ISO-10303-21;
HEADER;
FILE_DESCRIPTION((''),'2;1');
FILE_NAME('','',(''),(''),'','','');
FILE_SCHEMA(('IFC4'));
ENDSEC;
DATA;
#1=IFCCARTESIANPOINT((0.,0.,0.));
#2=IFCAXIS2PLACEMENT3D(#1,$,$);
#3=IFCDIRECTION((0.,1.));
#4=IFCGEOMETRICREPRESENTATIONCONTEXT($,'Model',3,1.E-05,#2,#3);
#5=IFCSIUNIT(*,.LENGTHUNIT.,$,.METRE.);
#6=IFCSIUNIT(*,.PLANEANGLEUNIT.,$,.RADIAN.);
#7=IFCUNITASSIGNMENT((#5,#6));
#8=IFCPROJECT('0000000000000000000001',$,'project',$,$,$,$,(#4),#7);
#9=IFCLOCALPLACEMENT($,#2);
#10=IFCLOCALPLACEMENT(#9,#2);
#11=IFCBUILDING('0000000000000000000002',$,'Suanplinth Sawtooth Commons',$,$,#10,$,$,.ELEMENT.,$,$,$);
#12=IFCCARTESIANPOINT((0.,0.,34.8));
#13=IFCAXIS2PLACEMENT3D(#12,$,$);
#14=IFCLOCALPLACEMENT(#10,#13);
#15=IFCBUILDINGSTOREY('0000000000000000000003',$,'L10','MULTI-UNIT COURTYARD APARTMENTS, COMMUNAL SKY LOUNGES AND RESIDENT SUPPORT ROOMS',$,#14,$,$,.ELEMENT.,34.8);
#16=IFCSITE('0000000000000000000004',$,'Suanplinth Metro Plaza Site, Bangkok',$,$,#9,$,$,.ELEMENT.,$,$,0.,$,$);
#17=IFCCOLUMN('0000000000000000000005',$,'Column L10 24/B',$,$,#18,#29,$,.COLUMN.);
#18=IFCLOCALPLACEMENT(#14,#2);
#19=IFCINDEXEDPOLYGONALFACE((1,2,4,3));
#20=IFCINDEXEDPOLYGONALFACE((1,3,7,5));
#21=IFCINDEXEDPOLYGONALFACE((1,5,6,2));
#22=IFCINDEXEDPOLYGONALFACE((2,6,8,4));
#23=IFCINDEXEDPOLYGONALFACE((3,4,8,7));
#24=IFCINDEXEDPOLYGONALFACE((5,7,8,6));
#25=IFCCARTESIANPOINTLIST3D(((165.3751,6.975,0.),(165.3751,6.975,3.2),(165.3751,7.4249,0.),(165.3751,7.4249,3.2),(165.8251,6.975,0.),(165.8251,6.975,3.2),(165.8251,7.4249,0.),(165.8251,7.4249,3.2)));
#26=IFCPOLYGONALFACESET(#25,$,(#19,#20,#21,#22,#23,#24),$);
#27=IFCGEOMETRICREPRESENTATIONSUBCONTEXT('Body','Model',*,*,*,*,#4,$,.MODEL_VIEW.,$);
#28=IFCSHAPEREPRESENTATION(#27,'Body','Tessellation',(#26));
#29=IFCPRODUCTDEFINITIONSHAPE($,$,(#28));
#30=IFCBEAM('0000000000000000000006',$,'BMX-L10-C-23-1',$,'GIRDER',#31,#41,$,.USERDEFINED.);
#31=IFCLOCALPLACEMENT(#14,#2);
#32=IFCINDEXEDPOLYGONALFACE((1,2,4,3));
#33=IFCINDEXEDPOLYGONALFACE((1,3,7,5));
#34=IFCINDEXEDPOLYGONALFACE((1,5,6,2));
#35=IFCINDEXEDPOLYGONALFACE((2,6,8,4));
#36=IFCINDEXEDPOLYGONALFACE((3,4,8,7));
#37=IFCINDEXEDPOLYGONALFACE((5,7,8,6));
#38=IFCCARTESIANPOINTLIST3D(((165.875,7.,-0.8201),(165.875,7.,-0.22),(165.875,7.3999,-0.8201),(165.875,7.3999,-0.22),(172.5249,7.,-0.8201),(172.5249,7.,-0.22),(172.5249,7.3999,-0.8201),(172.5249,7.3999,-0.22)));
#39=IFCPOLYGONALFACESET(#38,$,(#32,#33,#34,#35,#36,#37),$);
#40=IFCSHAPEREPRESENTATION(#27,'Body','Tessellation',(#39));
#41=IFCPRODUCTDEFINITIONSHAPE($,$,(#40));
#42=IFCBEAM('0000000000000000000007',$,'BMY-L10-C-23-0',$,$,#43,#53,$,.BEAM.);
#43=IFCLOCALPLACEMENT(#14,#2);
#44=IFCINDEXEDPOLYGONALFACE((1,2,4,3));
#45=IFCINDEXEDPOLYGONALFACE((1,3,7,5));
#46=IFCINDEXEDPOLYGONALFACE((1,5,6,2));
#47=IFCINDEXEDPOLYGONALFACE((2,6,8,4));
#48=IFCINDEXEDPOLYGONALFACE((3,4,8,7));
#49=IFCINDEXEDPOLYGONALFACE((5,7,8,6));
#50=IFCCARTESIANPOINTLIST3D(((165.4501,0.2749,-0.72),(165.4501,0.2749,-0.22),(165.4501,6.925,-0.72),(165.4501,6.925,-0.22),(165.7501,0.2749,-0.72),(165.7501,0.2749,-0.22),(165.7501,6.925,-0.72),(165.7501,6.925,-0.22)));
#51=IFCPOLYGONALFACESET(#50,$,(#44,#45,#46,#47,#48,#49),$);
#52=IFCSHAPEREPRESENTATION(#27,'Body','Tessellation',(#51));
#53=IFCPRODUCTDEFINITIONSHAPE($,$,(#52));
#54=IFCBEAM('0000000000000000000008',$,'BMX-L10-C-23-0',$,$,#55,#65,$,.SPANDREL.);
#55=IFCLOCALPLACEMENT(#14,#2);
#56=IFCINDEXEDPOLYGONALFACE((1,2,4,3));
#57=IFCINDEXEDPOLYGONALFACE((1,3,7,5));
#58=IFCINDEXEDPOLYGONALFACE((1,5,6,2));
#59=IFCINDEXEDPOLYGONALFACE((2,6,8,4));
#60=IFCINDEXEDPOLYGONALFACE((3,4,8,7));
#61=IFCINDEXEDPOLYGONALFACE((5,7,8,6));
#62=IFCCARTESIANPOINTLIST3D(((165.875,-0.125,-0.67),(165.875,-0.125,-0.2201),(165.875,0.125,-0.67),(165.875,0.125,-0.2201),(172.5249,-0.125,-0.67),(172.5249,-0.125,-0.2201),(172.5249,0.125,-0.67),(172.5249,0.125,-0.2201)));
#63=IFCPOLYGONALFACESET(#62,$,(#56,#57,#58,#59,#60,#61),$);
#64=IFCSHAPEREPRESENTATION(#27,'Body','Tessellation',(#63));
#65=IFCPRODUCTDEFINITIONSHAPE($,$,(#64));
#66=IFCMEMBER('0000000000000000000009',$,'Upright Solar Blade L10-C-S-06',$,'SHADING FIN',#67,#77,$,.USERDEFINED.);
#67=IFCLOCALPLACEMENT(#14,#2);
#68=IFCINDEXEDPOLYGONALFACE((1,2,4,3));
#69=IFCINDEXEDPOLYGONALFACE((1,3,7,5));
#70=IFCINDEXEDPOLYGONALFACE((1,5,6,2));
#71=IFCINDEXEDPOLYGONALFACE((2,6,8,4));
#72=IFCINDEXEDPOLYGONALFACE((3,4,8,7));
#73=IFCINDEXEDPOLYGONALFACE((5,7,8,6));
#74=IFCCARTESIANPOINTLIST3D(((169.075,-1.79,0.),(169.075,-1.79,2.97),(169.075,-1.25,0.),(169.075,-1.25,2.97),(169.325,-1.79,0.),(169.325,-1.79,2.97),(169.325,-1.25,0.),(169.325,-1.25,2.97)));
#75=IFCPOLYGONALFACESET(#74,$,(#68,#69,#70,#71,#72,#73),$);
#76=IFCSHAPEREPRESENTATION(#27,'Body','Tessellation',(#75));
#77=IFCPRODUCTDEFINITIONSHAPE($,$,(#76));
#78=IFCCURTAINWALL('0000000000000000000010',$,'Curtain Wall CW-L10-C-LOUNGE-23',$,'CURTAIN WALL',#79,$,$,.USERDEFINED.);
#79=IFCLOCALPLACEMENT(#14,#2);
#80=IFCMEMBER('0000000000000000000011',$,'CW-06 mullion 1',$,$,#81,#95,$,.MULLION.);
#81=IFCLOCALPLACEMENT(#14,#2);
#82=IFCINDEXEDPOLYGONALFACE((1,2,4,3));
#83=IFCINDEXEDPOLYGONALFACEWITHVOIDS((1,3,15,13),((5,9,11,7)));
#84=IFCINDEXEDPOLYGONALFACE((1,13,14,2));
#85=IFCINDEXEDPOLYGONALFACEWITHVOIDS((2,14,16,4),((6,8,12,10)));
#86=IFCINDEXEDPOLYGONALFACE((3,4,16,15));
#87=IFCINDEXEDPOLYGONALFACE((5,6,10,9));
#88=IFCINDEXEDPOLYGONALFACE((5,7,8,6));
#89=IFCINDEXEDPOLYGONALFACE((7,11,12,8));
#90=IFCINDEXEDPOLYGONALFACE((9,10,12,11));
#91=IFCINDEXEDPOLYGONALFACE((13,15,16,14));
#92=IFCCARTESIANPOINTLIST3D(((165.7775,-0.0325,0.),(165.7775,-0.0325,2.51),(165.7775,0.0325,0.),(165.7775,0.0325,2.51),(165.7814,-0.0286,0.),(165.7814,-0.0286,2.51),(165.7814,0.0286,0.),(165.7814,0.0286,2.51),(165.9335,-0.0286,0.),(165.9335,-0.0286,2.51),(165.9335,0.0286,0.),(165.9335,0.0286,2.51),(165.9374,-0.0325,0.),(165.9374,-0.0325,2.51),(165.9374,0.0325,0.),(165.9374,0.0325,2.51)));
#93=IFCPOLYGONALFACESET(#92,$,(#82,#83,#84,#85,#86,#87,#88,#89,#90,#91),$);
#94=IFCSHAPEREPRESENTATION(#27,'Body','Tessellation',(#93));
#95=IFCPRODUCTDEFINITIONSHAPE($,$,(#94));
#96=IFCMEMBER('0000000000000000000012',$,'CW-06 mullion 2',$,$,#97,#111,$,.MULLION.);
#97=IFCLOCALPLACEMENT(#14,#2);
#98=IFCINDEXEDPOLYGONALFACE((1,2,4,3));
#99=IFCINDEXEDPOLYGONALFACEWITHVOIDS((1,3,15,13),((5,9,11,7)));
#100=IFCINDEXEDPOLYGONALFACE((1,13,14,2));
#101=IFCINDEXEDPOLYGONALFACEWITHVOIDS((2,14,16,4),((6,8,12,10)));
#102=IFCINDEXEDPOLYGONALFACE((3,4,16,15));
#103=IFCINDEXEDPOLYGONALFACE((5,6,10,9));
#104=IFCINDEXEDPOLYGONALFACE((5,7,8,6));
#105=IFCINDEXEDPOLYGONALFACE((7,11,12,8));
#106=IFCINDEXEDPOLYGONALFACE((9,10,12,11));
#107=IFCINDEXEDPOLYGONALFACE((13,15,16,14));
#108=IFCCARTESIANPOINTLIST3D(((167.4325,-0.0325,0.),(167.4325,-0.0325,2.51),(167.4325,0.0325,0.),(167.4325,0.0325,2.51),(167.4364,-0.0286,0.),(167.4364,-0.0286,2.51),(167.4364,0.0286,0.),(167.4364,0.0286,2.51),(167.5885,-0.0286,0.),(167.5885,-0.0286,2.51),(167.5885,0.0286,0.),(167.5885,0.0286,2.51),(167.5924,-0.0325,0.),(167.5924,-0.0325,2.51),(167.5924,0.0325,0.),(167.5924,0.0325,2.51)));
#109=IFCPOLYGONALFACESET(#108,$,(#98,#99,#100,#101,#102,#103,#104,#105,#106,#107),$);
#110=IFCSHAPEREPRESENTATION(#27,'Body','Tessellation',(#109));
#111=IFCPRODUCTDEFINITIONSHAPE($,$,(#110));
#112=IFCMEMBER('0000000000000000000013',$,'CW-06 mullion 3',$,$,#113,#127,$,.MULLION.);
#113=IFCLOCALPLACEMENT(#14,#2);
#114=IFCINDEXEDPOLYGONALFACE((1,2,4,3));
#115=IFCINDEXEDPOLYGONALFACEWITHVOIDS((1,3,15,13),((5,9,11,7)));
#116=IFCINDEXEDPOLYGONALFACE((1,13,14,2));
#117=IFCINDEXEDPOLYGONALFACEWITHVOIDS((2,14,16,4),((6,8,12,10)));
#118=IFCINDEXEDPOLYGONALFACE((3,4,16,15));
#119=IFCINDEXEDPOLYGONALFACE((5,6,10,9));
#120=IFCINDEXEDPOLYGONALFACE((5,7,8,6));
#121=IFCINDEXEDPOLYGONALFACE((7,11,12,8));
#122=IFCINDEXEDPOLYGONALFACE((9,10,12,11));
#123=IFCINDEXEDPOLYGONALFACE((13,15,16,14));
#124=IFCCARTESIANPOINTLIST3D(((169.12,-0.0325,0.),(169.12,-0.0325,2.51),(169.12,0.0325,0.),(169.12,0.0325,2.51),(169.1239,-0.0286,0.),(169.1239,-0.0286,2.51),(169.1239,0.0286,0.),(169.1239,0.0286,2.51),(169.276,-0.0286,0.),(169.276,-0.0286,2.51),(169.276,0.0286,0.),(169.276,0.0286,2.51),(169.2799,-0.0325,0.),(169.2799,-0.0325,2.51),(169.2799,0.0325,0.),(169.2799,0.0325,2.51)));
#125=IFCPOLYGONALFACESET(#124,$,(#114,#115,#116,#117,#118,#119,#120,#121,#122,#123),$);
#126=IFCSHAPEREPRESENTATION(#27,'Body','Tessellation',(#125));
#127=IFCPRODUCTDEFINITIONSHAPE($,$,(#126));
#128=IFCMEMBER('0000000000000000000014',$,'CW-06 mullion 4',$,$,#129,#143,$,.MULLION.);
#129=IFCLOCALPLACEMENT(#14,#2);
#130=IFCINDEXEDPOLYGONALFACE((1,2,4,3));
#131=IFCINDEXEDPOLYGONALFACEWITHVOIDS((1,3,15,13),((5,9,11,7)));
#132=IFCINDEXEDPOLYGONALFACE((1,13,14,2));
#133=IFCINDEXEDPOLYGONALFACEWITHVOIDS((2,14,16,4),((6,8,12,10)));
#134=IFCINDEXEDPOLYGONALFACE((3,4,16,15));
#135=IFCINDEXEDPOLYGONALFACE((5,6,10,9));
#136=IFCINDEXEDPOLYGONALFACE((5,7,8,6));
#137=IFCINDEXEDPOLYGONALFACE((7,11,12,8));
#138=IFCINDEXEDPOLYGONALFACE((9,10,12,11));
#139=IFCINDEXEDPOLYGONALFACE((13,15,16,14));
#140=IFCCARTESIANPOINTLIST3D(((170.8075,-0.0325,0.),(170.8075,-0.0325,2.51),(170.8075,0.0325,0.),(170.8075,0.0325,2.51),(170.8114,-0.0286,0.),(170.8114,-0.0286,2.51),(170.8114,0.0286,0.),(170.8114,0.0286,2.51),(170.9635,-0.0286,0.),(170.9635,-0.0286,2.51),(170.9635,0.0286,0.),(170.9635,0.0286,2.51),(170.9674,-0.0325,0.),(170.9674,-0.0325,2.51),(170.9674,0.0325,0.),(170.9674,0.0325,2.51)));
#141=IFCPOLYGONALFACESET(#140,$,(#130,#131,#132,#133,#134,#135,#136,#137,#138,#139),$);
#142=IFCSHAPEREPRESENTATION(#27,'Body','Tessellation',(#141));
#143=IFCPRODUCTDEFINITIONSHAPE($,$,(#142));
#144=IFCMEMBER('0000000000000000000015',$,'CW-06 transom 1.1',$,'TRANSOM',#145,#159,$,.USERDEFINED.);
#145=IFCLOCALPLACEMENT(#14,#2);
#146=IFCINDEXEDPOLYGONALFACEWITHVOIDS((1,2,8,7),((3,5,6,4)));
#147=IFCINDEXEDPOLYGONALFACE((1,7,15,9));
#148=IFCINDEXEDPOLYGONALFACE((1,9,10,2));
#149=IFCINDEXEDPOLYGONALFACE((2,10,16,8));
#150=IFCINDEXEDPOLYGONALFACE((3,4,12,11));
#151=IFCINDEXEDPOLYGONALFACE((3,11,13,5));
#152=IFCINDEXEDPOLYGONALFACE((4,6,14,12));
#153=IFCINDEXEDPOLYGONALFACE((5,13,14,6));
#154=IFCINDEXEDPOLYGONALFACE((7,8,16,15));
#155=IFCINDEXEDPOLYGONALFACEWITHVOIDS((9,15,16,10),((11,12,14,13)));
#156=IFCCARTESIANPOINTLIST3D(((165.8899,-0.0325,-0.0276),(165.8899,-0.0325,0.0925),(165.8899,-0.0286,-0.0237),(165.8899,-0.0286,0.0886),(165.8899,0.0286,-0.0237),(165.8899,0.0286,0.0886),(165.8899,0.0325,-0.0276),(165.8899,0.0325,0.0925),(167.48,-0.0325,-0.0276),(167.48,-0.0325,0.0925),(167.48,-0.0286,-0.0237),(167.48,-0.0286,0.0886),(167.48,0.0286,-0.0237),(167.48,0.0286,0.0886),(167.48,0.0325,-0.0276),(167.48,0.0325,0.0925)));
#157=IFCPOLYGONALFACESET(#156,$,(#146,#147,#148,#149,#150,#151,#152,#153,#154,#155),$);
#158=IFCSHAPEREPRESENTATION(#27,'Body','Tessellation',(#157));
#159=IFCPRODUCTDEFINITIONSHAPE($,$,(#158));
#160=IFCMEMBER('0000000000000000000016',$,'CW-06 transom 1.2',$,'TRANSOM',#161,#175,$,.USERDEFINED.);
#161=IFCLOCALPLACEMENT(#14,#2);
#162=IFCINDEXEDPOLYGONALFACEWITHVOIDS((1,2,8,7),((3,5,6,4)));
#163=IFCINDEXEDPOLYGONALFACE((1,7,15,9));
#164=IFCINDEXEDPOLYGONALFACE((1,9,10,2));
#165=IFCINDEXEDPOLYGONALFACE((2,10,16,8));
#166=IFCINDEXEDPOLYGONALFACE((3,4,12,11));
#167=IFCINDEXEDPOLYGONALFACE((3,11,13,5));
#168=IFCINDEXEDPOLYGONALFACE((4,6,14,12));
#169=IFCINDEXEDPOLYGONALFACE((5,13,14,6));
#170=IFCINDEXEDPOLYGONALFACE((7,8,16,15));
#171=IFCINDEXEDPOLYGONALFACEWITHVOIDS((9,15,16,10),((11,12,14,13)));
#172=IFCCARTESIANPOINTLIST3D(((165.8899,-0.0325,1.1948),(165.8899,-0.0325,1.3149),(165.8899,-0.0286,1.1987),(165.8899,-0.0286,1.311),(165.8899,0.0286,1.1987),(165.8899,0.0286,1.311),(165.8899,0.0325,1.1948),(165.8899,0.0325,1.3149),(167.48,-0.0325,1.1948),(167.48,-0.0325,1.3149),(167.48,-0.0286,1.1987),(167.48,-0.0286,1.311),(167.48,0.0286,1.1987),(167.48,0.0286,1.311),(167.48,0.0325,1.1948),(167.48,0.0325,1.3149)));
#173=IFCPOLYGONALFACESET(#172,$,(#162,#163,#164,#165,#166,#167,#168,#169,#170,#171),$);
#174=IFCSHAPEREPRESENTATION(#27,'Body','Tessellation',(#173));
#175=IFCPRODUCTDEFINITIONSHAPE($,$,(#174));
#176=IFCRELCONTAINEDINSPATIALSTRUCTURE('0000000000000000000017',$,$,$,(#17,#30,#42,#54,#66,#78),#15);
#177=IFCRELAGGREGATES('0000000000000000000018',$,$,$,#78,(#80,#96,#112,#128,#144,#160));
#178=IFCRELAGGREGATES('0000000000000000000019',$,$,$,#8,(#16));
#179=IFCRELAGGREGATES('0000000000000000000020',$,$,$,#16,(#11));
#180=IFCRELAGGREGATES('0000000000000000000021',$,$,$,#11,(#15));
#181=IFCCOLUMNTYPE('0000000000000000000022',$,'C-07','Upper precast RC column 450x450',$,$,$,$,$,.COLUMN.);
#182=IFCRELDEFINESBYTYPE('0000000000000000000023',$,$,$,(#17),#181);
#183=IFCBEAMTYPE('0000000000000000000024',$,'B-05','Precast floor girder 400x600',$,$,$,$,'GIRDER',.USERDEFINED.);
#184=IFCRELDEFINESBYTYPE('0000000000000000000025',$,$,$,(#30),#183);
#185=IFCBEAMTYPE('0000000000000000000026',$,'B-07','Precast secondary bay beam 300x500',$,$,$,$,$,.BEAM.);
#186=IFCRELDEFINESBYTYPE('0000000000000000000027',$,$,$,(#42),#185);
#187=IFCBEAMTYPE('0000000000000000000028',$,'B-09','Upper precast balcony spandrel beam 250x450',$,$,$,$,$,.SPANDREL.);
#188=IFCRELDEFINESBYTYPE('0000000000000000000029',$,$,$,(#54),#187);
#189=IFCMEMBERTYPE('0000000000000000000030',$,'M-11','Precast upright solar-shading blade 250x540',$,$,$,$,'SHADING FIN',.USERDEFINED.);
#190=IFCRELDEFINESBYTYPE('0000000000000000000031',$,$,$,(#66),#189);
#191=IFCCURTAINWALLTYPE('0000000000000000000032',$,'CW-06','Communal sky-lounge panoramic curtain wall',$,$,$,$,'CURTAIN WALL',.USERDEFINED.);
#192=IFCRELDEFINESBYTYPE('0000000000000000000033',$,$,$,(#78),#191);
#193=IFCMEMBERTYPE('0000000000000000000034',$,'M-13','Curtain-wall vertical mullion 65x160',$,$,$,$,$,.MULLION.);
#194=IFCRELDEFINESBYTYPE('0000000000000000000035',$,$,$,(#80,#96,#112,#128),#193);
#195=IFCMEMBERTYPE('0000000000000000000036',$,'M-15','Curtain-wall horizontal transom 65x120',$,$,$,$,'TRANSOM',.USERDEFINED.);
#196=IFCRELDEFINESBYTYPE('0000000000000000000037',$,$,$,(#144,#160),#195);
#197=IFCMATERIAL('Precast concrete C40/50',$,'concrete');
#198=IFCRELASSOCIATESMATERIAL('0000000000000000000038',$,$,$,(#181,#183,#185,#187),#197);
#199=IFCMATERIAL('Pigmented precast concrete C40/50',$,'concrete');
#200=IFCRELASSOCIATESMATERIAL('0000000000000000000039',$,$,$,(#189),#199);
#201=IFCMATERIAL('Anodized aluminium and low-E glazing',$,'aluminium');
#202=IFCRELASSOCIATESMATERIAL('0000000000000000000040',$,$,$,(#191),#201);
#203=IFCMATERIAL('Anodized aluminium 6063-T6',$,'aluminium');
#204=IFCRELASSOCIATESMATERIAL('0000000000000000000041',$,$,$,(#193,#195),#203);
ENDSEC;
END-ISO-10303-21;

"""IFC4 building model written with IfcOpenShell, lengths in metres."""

from ifc_helpers import new_model, si_unit, direction, frame, origin, origin_2d, place, context, subcontext, project, spatial, rectangle, hollow_rectangle, extrude, material, material_profile, profile_set, type_object, element, aggregate, save


model = new_model("IFC4")

# Units and contexts
model_context = context("Model", 3, precision=1e-05, world=origin(), true_north=direction((0.0, 1.0)))
body_context = subcontext(model_context, "Body", "Model", "MODEL_VIEW")
ifc_project = project(units=[si_unit("LENGTHUNIT", "METRE"), si_unit("PLANEANGLEUNIT", "RADIAN")], contexts=[model_context])

# Site, building, storey
site_placement = place(None, origin())
site = spatial("IfcSite", under=ifc_project, at=site_placement, Name="Suanplinth Metro Plaza Site, Bangkok", CompositionType="ELEMENT", RefElevation=0.0)
building_placement = place(site_placement, origin())
building = spatial("IfcBuilding", under=site, at=building_placement, Name="Suanplinth Sawtooth Commons", CompositionType="ELEMENT")
storey_placement = place(building_placement, frame((0.0, 0.0, 34.8)))
storey = spatial("IfcBuildingStorey", under=building, at=storey_placement, Name="L10", Description="MULTI-UNIT COURTYARD APARTMENTS, COMMUNAL SKY LOUNGES AND RESIDENT SUPPORT ROOMS", CompositionType="ELEMENT", Elevation=34.8)

# Column
ifc_material_1 = material(Name="Precast concrete C40/50", Category="concrete")
ifc_material_profile_1 = material_profile(ifc_material_1, rectangle(XDim=0.45, YDim=0.45, at=origin_2d()), Name="PC-COL 450x450")
ifc_profile_set_1 = profile_set([ifc_material_profile_1], Name="Precast concrete C40/50")
column_type = type_object("IfcColumnType", Name="C-07", Description="Upper precast RC column 450x450", PredefinedType="COLUMN", material=ifc_profile_set_1)
column_placement = place(storey_placement, frame((165.6001, 7.2, 0.0), z_axis=(0.0, 0.0, 1.0), x_axis=(1.0, 0.0, 0.0)))
element("IfcColumn", 1, at=column_placement, inside=storey, type_object=column_type, Name="Column L10 24/B", PredefinedType="COLUMN", context=body_context, shape_type="SweptSolid", body=[
    extrude(rectangle(XDim=0.45, YDim=0.45, at=origin_2d()), origin(), (0.0, 0.0, 1.0), 3.2),
])

# Beams
ifc_material_profile_2 = material_profile(ifc_material_1, rectangle(XDim=0.3999, YDim=0.6001, at=origin_2d()), Name="PC-GDR 400x600")
ifc_profile_set_2 = profile_set([ifc_material_profile_2], Name="Precast concrete C40/50")
beam_type_1 = type_object("IfcBeamType", Name="B-05", Description="Precast floor girder 400x600", ElementType="GIRDER", PredefinedType="USERDEFINED", material=ifc_profile_set_2)
beam_1_placement = place(storey_placement, frame((165.875, 7.2, -0.52), z_axis=(1.0, 0.0, 0.0), x_axis=(0.0, 1.0, 0.0)))
element("IfcBeam", 2, at=beam_1_placement, inside=storey, type_object=beam_type_1, Name="BMX-L10-C-23-1", ObjectType="GIRDER", PredefinedType="USERDEFINED", context=body_context, shape_type="SweptSolid", body=[
    extrude(rectangle(XDim=0.3999, YDim=0.6001, at=origin_2d()), origin(), (0.0, 0.0, 1.0), 6.6499),
])
ifc_material_profile_3 = material_profile(ifc_material_1, rectangle(XDim=0.3, YDim=0.5, at=origin_2d()), Name="PC-BM 300x500")
ifc_profile_set_3 = profile_set([ifc_material_profile_3], Name="Precast concrete C40/50")
beam_type_2 = type_object("IfcBeamType", Name="B-07", Description="Precast secondary bay beam 300x500", PredefinedType="BEAM", material=ifc_profile_set_3)
beam_2_placement = place(storey_placement, frame((165.6001, 0.2749, -0.47), z_axis=(0.0, 1.0, 0.0), x_axis=(-1.0, 0.0, 0.0)))
element("IfcBeam", 3, at=beam_2_placement, inside=storey, type_object=beam_type_2, Name="BMY-L10-C-23-0", PredefinedType="BEAM", context=body_context, shape_type="SweptSolid", body=[
    extrude(rectangle(XDim=0.3, YDim=0.5, at=origin_2d()), origin(), (0.0, 0.0, 1.0), 6.6501),
])
ifc_material_profile_4 = material_profile(ifc_material_1, rectangle(XDim=0.25, YDim=0.45, at=origin_2d()), Name="PC-SP 250x450")
ifc_profile_set_4 = profile_set([ifc_material_profile_4], Name="Precast concrete C40/50")
beam_type_3 = type_object("IfcBeamType", Name="B-09", Description="Upper precast balcony spandrel beam 250x450", PredefinedType="SPANDREL", material=ifc_profile_set_4)
beam_3_placement = place(storey_placement, frame((165.875, 0.0, -0.4451), z_axis=(1.0, 0.0, 0.0), x_axis=(0.0, 1.0, 0.0)))
element("IfcBeam", 4, at=beam_3_placement, inside=storey, type_object=beam_type_3, Name="BMX-L10-C-23-0", PredefinedType="SPANDREL", context=body_context, shape_type="SweptSolid", body=[
    extrude(rectangle(XDim=0.25, YDim=0.45, at=origin_2d()), origin(), (0.0, 0.0, 1.0), 6.6499),
])

# Member
ifc_material_2 = material(Name="Pigmented precast concrete C40/50", Category="concrete")
ifc_material_profile_5 = material_profile(ifc_material_2, rectangle(XDim=0.25, YDim=0.54, at=origin_2d()), Name="PC-FIN 250x540")
ifc_profile_set_5 = profile_set([ifc_material_profile_5], Name="Pigmented precast concrete C40/50")
member_type_1 = type_object("IfcMemberType", Name="M-11", Description="Precast upright solar-shading blade 250x540", ElementType="SHADING FIN", PredefinedType="USERDEFINED", material=ifc_profile_set_5)
member_1_placement = place(storey_placement, frame((169.2, -1.52, 0.0), z_axis=(0.0, 0.0, 1.0), x_axis=(1.0, 0.0, 0.0)))
element("IfcMember", 5, at=member_1_placement, inside=storey, type_object=member_type_1, Name="Upright Solar Blade L10-C-S-06", ObjectType="SHADING FIN", PredefinedType="USERDEFINED", context=body_context, shape_type="SweptSolid", body=[
    extrude(rectangle(XDim=0.25, YDim=0.54, at=origin_2d()), origin(), (0.0, 0.0, 1.0), 2.97),
])

# Curtain wall, members
ifc_material_3 = material(Name="Anodized aluminium and low-E glazing", Category="aluminium")
curtain_wall_type = type_object("IfcCurtainWallType", Name="CW-06", Description="Communal sky-lounge panoramic curtain wall", ElementType="CURTAIN WALL", PredefinedType="USERDEFINED", material=ifc_material_3)
curtain_wall_placement = place(storey_placement, origin())
curtain_wall = element("IfcCurtainWall", 6, at=curtain_wall_placement, inside=storey, type_object=curtain_wall_type, Name="Curtain Wall CW-L10-C-LOUNGE-23", ObjectType="CURTAIN WALL", PredefinedType="USERDEFINED")
ifc_material_4 = material(Name="Anodized aluminium 6063-T6", Category="aluminium")
ifc_material_profile_6 = material_profile(ifc_material_4, hollow_rectangle(XDim=0.0649, YDim=0.1599, WallThickness=0.0039, at=origin_2d()), Name="ALU-MUL 65x160")
ifc_profile_set_6 = profile_set([ifc_material_profile_6], Name="Anodized aluminium 6063-T6")
member_type_2 = type_object("IfcMemberType", Name="M-13", Description="Curtain-wall vertical mullion 65x160", PredefinedType="MULLION", material=ifc_profile_set_6)
member_2_placement = place(storey_placement, frame((165.8574, 0.0, 0.0), z_axis=(0.0, 0.0, 1.0), x_axis=(0.0, 1.0, 0.0)))
member_2 = element("IfcMember", 7, at=member_2_placement, type_object=member_type_2, Name="CW-06 mullion 1", PredefinedType="MULLION", context=body_context, shape_type="SweptSolid", body=[
    extrude(hollow_rectangle(XDim=0.0649, YDim=0.1599, WallThickness=0.0039, at=origin_2d()), origin(), (0.0, 0.0, 1.0), 2.51),
])
member_3_placement = place(storey_placement, frame((167.5125, 0.0, 0.0), z_axis=(0.0, 0.0, 1.0), x_axis=(0.0, 1.0, 0.0)))
member_3 = element("IfcMember", 8, at=member_3_placement, type_object=member_type_2, Name="CW-06 mullion 2", PredefinedType="MULLION", context=body_context, shape_type="SweptSolid", body=[
    extrude(hollow_rectangle(XDim=0.0649, YDim=0.1599, WallThickness=0.0039, at=origin_2d()), origin(), (0.0, 0.0, 1.0), 2.51),
])
member_4_placement = place(storey_placement, frame((169.2, 0.0, 0.0), z_axis=(0.0, 0.0, 1.0), x_axis=(0.0, 1.0, 0.0)))
member_4 = element("IfcMember", 9, at=member_4_placement, type_object=member_type_2, Name="CW-06 mullion 3", PredefinedType="MULLION", context=body_context, shape_type="SweptSolid", body=[
    extrude(hollow_rectangle(XDim=0.0649, YDim=0.1599, WallThickness=0.0039, at=origin_2d()), origin(), (0.0, 0.0, 1.0), 2.51),
])
member_5_placement = place(storey_placement, frame((170.8875, 0.0, 0.0), z_axis=(0.0, 0.0, 1.0), x_axis=(0.0, 1.0, 0.0)))
member_5 = element("IfcMember", 10, at=member_5_placement, type_object=member_type_2, Name="CW-06 mullion 4", PredefinedType="MULLION", context=body_context, shape_type="SweptSolid", body=[
    extrude(hollow_rectangle(XDim=0.0649, YDim=0.1599, WallThickness=0.0039, at=origin_2d()), origin(), (0.0, 0.0, 1.0), 2.51),
])
ifc_material_profile_7 = material_profile(ifc_material_4, hollow_rectangle(XDim=0.0649, YDim=0.1201, WallThickness=0.0039, at=origin_2d()), Name="ALU-TRN 65x120")
ifc_profile_set_7 = profile_set([ifc_material_profile_7], Name="Anodized aluminium 6063-T6")
member_type_3 = type_object("IfcMemberType", Name="M-15", Description="Curtain-wall horizontal transom 65x120", ElementType="TRANSOM", PredefinedType="USERDEFINED", material=ifc_profile_set_7)
member_6_placement = place(storey_placement, frame((165.8899, 0.0, 0.0325), z_axis=(1.0, 0.0, 0.0), x_axis=(0.0, 1.0, 0.0)))
member_6 = element("IfcMember", 11, at=member_6_placement, type_object=member_type_3, Name="CW-06 transom 1.1", ObjectType="TRANSOM", PredefinedType="USERDEFINED", context=body_context, shape_type="SweptSolid", body=[
    extrude(hollow_rectangle(XDim=0.0649, YDim=0.1201, WallThickness=0.0039, at=origin_2d()), origin(), (0.0, 0.0, 1.0), 1.5901),
])
member_7_placement = place(storey_placement, frame((165.8899, 0.0, 1.2549), z_axis=(1.0, 0.0, 0.0), x_axis=(0.0, 1.0, 0.0)))
member_7 = element("IfcMember", 12, at=member_7_placement, type_object=member_type_3, Name="CW-06 transom 1.2", ObjectType="TRANSOM", PredefinedType="USERDEFINED", context=body_context, shape_type="SweptSolid", body=[
    extrude(hollow_rectangle(XDim=0.0649, YDim=0.1201, WallThickness=0.0039, at=origin_2d()), origin(), (0.0, 0.0, 1.0), 1.5901),
])
aggregate(curtain_wall, [member_2, member_3, member_4, member_5, member_6, member_7])

save(model, "model.ifc")
